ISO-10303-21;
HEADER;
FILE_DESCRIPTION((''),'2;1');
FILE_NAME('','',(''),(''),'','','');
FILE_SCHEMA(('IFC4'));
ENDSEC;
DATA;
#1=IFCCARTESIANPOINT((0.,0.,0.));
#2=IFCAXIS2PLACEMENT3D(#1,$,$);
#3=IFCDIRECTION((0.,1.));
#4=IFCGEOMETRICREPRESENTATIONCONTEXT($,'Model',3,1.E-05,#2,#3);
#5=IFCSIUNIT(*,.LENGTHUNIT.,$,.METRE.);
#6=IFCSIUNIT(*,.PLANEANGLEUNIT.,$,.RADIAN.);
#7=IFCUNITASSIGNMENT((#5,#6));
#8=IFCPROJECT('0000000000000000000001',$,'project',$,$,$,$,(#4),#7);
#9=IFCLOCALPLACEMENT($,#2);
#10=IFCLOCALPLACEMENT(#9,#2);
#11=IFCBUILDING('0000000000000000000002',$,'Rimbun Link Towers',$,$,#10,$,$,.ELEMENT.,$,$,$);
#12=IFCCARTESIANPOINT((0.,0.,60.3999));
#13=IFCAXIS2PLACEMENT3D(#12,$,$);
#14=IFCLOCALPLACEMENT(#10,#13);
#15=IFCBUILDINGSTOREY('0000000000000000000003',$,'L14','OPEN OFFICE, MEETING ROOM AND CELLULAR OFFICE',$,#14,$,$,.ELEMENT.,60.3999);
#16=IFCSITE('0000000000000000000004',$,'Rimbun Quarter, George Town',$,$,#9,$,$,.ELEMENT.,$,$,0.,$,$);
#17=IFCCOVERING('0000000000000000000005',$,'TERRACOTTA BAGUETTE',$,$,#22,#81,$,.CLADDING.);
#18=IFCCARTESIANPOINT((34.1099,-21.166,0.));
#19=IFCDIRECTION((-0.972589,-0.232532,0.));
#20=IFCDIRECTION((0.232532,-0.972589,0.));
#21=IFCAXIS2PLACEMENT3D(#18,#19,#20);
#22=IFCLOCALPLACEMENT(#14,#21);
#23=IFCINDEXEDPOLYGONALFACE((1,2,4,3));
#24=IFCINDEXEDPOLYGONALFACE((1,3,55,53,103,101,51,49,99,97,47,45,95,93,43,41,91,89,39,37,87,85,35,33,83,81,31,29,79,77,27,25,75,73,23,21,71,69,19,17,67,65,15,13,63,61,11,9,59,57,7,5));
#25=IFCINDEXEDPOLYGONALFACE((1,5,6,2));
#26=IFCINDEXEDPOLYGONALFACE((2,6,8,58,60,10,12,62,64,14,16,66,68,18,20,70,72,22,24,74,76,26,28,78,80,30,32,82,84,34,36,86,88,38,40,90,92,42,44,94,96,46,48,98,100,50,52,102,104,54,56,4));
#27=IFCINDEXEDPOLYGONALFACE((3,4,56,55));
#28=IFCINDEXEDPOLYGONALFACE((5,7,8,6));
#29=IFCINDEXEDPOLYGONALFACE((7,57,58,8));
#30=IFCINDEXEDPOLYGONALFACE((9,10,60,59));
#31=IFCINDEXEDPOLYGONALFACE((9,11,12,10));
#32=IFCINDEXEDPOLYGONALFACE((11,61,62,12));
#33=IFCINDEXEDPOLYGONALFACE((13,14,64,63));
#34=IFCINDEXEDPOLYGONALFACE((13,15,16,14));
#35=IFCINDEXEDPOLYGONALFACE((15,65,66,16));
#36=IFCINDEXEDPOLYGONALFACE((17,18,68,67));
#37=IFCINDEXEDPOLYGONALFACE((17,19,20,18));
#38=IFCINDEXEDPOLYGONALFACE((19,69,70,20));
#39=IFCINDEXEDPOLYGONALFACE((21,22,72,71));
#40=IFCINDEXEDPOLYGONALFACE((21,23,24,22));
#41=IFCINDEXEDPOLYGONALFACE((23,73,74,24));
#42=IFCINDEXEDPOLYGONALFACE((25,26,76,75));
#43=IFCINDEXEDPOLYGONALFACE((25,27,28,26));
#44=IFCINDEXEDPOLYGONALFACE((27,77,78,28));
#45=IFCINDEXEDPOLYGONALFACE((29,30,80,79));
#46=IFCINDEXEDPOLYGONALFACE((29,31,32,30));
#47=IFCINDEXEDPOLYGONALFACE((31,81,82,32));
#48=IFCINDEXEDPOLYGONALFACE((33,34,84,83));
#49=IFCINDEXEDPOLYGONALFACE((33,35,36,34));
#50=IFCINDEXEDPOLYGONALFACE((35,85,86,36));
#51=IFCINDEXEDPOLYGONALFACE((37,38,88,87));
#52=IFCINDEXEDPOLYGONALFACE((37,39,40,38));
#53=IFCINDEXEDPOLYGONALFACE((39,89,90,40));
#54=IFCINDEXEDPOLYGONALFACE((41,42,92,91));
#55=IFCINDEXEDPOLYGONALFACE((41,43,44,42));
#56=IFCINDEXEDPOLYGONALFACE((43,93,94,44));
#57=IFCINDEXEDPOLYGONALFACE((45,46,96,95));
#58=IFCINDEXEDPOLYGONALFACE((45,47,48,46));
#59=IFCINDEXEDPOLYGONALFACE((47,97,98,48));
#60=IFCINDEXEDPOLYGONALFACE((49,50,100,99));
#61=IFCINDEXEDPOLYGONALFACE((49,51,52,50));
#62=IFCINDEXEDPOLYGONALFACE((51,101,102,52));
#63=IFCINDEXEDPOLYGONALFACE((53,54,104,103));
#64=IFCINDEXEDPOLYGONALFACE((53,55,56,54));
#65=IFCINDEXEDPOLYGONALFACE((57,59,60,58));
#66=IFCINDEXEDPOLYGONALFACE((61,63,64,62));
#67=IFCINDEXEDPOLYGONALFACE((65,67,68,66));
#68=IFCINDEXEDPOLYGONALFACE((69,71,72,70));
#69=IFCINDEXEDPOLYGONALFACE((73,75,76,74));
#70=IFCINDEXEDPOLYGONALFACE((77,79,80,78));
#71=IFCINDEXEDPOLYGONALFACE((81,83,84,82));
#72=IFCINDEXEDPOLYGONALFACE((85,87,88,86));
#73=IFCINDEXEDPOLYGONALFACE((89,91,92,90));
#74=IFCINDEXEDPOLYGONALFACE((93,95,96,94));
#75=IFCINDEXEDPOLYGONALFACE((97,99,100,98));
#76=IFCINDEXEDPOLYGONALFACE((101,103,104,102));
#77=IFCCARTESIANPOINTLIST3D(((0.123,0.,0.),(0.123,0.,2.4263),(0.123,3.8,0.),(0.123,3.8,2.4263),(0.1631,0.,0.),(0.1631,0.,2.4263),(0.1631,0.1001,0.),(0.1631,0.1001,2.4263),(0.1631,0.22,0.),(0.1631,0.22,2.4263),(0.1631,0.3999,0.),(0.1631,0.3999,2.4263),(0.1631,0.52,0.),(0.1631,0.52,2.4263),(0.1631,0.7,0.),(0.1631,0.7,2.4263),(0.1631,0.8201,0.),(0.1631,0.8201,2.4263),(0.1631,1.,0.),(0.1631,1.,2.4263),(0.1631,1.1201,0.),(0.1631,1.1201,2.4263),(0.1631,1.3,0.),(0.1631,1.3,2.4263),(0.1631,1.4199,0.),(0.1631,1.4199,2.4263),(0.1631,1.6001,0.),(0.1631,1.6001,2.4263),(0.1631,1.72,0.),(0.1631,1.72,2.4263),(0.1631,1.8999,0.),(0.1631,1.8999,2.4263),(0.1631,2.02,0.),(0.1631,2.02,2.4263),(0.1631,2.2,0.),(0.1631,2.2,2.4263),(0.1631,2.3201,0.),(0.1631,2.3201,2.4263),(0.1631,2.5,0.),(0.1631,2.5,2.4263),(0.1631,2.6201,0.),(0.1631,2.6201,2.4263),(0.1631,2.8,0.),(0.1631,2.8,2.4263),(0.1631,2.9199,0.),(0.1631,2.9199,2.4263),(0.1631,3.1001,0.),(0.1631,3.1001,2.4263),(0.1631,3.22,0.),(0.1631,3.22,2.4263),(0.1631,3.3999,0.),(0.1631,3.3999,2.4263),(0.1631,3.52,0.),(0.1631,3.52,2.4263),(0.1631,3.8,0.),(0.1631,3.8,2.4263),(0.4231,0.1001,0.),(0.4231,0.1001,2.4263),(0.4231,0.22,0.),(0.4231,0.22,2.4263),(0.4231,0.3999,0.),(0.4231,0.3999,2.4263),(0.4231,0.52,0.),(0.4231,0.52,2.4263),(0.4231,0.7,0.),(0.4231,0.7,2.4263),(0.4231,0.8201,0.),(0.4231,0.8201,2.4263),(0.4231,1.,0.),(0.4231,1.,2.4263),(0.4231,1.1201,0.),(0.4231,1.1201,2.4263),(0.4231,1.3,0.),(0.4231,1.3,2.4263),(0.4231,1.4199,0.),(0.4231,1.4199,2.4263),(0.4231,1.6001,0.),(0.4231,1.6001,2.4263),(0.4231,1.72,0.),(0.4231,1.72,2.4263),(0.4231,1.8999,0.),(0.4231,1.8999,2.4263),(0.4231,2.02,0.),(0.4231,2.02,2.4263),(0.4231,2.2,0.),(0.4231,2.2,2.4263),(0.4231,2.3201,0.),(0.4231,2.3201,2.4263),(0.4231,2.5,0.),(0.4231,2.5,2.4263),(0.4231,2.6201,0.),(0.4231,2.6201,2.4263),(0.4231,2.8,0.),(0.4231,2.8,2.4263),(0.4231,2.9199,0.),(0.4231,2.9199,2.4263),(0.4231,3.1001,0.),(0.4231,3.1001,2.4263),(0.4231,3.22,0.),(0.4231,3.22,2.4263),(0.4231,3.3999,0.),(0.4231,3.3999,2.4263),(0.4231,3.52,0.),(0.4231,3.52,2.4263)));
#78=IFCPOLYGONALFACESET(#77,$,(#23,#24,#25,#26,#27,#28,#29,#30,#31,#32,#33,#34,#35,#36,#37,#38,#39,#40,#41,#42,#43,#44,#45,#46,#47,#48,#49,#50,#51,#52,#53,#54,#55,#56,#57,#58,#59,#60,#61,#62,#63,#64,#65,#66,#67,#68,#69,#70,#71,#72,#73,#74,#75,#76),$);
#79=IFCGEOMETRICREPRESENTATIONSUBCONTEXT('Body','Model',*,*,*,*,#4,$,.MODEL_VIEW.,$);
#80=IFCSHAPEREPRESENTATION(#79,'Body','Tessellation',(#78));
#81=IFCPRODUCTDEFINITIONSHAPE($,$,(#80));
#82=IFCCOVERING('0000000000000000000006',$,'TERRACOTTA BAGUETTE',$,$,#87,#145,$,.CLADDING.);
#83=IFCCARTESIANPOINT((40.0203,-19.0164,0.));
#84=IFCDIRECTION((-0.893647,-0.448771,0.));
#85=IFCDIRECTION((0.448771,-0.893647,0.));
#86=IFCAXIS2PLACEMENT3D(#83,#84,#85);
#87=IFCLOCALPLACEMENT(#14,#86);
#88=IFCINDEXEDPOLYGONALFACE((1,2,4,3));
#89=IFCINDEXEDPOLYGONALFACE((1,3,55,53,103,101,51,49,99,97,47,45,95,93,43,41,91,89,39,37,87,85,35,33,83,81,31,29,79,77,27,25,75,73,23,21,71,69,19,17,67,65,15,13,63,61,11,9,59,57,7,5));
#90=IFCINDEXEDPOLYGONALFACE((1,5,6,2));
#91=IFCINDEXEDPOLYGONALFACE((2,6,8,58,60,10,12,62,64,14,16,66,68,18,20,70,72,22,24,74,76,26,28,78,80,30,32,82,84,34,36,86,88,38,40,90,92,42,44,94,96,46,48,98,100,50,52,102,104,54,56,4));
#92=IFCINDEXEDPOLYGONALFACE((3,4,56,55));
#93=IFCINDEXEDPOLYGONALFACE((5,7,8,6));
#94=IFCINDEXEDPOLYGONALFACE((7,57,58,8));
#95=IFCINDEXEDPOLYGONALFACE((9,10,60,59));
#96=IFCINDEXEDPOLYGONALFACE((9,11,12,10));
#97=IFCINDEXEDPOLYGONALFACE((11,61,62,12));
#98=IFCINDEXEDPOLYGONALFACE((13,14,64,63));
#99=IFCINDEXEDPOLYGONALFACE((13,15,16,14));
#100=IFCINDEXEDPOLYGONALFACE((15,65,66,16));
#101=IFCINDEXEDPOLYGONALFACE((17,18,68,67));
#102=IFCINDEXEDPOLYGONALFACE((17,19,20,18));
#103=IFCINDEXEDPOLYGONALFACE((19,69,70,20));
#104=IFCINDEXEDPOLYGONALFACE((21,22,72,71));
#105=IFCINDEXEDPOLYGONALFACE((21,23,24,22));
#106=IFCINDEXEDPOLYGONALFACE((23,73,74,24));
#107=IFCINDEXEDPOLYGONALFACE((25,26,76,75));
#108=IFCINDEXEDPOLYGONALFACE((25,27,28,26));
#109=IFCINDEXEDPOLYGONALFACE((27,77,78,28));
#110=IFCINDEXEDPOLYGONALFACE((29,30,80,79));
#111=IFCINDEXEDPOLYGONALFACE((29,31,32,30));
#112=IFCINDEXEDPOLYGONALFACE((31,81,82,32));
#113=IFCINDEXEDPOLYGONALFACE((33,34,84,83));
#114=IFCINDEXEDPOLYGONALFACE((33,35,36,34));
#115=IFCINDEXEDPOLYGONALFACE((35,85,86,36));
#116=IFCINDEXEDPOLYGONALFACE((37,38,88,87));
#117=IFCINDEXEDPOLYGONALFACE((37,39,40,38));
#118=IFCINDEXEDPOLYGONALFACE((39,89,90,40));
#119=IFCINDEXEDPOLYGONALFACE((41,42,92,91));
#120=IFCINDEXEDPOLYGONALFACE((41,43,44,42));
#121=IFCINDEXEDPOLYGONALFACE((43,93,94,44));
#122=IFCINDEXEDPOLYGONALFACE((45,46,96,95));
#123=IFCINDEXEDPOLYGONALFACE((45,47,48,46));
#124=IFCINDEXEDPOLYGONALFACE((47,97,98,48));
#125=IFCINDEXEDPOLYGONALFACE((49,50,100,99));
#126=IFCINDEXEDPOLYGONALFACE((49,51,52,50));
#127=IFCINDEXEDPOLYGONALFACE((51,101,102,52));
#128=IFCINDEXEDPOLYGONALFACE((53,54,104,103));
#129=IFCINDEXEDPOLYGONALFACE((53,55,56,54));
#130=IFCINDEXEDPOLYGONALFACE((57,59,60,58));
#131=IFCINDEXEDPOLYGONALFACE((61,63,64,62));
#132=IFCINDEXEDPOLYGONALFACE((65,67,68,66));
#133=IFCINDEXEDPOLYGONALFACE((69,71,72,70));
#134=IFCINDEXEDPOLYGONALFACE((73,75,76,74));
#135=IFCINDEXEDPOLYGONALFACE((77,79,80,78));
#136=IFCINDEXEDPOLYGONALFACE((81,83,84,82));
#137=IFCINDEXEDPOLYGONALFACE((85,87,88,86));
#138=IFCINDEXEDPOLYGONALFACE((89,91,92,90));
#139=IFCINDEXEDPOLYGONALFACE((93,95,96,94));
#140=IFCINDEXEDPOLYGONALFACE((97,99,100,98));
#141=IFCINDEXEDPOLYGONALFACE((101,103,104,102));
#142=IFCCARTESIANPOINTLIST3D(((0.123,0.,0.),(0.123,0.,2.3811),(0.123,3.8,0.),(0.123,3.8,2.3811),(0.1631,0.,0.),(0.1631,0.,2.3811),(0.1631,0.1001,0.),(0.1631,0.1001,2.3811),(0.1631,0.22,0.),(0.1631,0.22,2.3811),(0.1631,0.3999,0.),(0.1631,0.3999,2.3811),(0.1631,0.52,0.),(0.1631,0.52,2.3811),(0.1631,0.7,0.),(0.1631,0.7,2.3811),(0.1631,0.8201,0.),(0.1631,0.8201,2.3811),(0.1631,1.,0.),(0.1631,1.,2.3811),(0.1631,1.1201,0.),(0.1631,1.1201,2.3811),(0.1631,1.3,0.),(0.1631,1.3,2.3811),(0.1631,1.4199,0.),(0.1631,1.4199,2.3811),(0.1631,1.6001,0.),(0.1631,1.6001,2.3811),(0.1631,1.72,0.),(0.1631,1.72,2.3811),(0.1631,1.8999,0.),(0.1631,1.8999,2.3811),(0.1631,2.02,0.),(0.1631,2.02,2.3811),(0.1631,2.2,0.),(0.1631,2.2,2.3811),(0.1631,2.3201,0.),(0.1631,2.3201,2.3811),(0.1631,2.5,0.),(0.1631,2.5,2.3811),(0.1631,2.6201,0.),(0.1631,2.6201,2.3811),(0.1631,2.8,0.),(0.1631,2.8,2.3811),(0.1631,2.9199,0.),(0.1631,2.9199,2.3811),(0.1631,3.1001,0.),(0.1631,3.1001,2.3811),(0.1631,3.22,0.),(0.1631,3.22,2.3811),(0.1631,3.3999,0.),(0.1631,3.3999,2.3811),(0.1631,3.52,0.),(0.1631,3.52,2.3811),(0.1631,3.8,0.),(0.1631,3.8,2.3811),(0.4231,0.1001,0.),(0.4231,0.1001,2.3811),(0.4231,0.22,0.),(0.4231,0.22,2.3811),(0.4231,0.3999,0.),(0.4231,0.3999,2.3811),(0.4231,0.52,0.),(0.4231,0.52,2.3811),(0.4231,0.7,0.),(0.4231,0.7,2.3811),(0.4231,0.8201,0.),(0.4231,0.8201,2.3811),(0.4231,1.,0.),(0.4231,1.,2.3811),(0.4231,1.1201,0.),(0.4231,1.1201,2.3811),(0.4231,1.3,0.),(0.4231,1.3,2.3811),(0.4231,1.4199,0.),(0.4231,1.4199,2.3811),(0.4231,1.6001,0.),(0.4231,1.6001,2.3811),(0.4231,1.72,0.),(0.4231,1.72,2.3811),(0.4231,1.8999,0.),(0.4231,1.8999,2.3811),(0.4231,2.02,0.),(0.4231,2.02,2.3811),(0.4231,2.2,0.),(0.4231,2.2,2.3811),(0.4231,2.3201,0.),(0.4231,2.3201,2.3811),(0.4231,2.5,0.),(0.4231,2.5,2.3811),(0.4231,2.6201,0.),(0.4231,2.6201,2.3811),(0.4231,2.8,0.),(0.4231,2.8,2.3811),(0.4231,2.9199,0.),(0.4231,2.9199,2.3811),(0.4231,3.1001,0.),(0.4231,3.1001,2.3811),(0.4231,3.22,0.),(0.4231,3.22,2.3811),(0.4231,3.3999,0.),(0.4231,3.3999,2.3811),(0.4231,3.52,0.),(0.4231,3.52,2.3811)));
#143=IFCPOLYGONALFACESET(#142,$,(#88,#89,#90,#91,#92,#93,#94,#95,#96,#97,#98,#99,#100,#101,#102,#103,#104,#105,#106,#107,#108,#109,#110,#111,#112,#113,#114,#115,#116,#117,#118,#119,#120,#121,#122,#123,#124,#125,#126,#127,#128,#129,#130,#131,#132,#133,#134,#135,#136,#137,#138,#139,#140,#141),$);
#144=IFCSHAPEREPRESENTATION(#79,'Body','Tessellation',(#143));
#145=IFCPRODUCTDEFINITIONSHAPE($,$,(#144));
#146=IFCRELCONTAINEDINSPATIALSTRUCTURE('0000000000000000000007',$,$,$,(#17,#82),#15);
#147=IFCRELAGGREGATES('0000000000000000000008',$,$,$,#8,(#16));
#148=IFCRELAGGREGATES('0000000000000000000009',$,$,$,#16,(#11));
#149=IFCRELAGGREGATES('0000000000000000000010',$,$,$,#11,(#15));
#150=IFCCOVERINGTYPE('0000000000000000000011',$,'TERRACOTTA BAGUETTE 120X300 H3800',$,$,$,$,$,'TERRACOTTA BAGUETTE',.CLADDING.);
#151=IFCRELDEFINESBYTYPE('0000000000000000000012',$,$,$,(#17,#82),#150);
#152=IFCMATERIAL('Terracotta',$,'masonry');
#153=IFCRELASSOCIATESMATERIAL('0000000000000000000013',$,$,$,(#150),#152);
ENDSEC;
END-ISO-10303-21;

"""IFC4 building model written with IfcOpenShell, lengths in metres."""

from ifc_helpers import new_model, si_unit, direction, frame, origin, place, context, subcontext, project, spatial, polyline, outline, extrude, material, material_profile, profile_set, type_object, element, save


model = new_model("IFC4")

# Units and contexts
model_context = context("Model", 3, precision=1e-05, world=origin(), true_north=direction((0.0, 1.0)))
body_context = subcontext(model_context, "Body", "Model", "MODEL_VIEW")
ifc_project = project(units=[si_unit("LENGTHUNIT", "METRE"), si_unit("PLANEANGLEUNIT", "RADIAN")], contexts=[model_context])

# Site, building, storey
site_placement = place(None, origin())
site = spatial("IfcSite", under=ifc_project, at=site_placement, Name="Rimbun Quarter, George Town", CompositionType="ELEMENT", RefElevation=0.0)
building_placement = place(site_placement, origin())
building = spatial("IfcBuilding", under=site, at=building_placement, Name="Rimbun Link Towers", CompositionType="ELEMENT")
storey_placement = place(building_placement, frame((0.0, 0.0, 60.3999)))
storey = spatial("IfcBuildingStorey", under=building, at=storey_placement, Name="L14", Description="OPEN OFFICE, MEETING ROOM AND CELLULAR OFFICE", CompositionType="ELEMENT", Elevation=60.3999)

# Coverings
ifc_material_1 = material(Name="Terracotta", Category="masonry")
ifc_material_profile_1 = material_profile(ifc_material_1, outline(polyline([(0.123, 0.0), (0.1631, 0.0), (0.1631, 0.1001), (0.4231, 0.1001), (0.4231, 0.22), (0.1631, 0.22), (0.1631, 0.3999), (0.4231, 0.3999), (0.4231, 0.52), (0.1631, 0.52), (0.1631, 0.7), (0.4231, 0.7), (0.4231, 0.8201), (0.1631, 0.8201), (0.1631, 1.0), (0.4231, 1.0), (0.4231, 1.1201), (0.1631, 1.1201), (0.1631, 1.3), (0.4231, 1.3), (0.4231, 1.4199), (0.1631, 1.4199), (0.1631, 1.6001), (0.4231, 1.6001), (0.4231, 1.72), (0.1631, 1.72), (0.1631, 1.8999), (0.4231, 1.8999), (0.4231, 2.02), (0.1631, 2.02), (0.1631, 2.2), (0.4231, 2.2), (0.4231, 2.3201), (0.1631, 2.3201), (0.1631, 2.5), (0.4231, 2.5), (0.4231, 2.6201), (0.1631, 2.6201), (0.1631, 2.8), (0.4231, 2.8), (0.4231, 2.9199), (0.1631, 2.9199), (0.1631, 3.1001), (0.4231, 3.1001), (0.4231, 3.22), (0.1631, 3.22), (0.1631, 3.3999), (0.4231, 3.3999), (0.4231, 3.52), (0.1631, 3.52), (0.1631, 3.8), (0.123, 3.8), (0.123, 0.0)])), Name="BAGUETTE 120X300")
ifc_profile_set_1 = profile_set([ifc_material_profile_1], Name="Terracotta")
covering_type = type_object("IfcCoveringType", Name="TERRACOTTA BAGUETTE 120X300 H3800", ElementType="TERRACOTTA BAGUETTE", PredefinedType="CLADDING", material=ifc_profile_set_1)
covering_1_placement = place(storey_placement, frame((34.1099, -21.166, 0.0), z_axis=(-0.972589, -0.232532, 0.0), x_axis=(0.232532, -0.972589, 0.0)))
element("IfcCovering", 1, at=covering_1_placement, inside=storey, type_object=covering_type, Name="TERRACOTTA BAGUETTE", PredefinedType="CLADDING", context=body_context, shape_type="SweptSolid", body=[
    extrude(outline(polyline([(0.123, 0.0), (0.1631, 0.0), (0.1631, 0.1001), (0.4231, 0.1001), (0.4231, 0.22), (0.1631, 0.22), (0.1631, 0.3999), (0.4231, 0.3999), (0.4231, 0.52), (0.1631, 0.52), (0.1631, 0.7), (0.4231, 0.7), (0.4231, 0.8201), (0.1631, 0.8201), (0.1631, 1.0), (0.4231, 1.0), (0.4231, 1.1201), (0.1631, 1.1201), (0.1631, 1.3), (0.4231, 1.3), (0.4231, 1.4199), (0.1631, 1.4199), (0.1631, 1.6001), (0.4231, 1.6001), (0.4231, 1.72), (0.1631, 1.72), (0.1631, 1.8999), (0.4231, 1.8999), (0.4231, 2.02), (0.1631, 2.02), (0.1631, 2.2), (0.4231, 2.2), (0.4231, 2.3201), (0.1631, 2.3201), (0.1631, 2.5), (0.4231, 2.5), (0.4231, 2.6201), (0.1631, 2.6201), (0.1631, 2.8), (0.4231, 2.8), (0.4231, 2.9199), (0.1631, 2.9199), (0.1631, 3.1001), (0.4231, 3.1001), (0.4231, 3.22), (0.1631, 3.22), (0.1631, 3.3999), (0.4231, 3.3999), (0.4231, 3.52), (0.1631, 3.52), (0.1631, 3.8), (0.123, 3.8), (0.123, 0.0)])), origin(), (0.0, 0.0, 1.0), 2.4263),
])
covering_2_placement = place(storey_placement, frame((40.0203, -19.0164, 0.0), z_axis=(-0.893647, -0.448771, 0.0), x_axis=(0.448771, -0.893647, 0.0)))
element("IfcCovering", 2, at=covering_2_placement, inside=storey, type_object=covering_type, Name="TERRACOTTA BAGUETTE", PredefinedType="CLADDING", context=body_context, shape_type="SweptSolid", body=[
    extrude(outline(polyline([(0.123, 0.0), (0.1631, 0.0), (0.1631, 0.1001), (0.4231, 0.1001), (0.4231, 0.22), (0.1631, 0.22), (0.1631, 0.3999), (0.4231, 0.3999), (0.4231, 0.52), (0.1631, 0.52), (0.1631, 0.7), (0.4231, 0.7), (0.4231, 0.8201), (0.1631, 0.8201), (0.1631, 1.0), (0.4231, 1.0), (0.4231, 1.1201), (0.1631, 1.1201), (0.1631, 1.3), (0.4231, 1.3), (0.4231, 1.4199), (0.1631, 1.4199), (0.1631, 1.6001), (0.4231, 1.6001), (0.4231, 1.72), (0.1631, 1.72), (0.1631, 1.8999), (0.4231, 1.8999), (0.4231, 2.02), (0.1631, 2.02), (0.1631, 2.2), (0.4231, 2.2), (0.4231, 2.3201), (0.1631, 2.3201), (0.1631, 2.5), (0.4231, 2.5), (0.4231, 2.6201), (0.1631, 2.6201), (0.1631, 2.8), (0.4231, 2.8), (0.4231, 2.9199), (0.1631, 2.9199), (0.1631, 3.1001), (0.4231, 3.1001), (0.4231, 3.22), (0.1631, 3.22), (0.1631, 3.3999), (0.4231, 3.3999), (0.4231, 3.52), (0.1631, 3.52), (0.1631, 3.8), (0.123, 3.8), (0.123, 0.0)])), origin(), (0.0, 0.0, 1.0), 2.3811),
])

save(model, "model.ifc")
